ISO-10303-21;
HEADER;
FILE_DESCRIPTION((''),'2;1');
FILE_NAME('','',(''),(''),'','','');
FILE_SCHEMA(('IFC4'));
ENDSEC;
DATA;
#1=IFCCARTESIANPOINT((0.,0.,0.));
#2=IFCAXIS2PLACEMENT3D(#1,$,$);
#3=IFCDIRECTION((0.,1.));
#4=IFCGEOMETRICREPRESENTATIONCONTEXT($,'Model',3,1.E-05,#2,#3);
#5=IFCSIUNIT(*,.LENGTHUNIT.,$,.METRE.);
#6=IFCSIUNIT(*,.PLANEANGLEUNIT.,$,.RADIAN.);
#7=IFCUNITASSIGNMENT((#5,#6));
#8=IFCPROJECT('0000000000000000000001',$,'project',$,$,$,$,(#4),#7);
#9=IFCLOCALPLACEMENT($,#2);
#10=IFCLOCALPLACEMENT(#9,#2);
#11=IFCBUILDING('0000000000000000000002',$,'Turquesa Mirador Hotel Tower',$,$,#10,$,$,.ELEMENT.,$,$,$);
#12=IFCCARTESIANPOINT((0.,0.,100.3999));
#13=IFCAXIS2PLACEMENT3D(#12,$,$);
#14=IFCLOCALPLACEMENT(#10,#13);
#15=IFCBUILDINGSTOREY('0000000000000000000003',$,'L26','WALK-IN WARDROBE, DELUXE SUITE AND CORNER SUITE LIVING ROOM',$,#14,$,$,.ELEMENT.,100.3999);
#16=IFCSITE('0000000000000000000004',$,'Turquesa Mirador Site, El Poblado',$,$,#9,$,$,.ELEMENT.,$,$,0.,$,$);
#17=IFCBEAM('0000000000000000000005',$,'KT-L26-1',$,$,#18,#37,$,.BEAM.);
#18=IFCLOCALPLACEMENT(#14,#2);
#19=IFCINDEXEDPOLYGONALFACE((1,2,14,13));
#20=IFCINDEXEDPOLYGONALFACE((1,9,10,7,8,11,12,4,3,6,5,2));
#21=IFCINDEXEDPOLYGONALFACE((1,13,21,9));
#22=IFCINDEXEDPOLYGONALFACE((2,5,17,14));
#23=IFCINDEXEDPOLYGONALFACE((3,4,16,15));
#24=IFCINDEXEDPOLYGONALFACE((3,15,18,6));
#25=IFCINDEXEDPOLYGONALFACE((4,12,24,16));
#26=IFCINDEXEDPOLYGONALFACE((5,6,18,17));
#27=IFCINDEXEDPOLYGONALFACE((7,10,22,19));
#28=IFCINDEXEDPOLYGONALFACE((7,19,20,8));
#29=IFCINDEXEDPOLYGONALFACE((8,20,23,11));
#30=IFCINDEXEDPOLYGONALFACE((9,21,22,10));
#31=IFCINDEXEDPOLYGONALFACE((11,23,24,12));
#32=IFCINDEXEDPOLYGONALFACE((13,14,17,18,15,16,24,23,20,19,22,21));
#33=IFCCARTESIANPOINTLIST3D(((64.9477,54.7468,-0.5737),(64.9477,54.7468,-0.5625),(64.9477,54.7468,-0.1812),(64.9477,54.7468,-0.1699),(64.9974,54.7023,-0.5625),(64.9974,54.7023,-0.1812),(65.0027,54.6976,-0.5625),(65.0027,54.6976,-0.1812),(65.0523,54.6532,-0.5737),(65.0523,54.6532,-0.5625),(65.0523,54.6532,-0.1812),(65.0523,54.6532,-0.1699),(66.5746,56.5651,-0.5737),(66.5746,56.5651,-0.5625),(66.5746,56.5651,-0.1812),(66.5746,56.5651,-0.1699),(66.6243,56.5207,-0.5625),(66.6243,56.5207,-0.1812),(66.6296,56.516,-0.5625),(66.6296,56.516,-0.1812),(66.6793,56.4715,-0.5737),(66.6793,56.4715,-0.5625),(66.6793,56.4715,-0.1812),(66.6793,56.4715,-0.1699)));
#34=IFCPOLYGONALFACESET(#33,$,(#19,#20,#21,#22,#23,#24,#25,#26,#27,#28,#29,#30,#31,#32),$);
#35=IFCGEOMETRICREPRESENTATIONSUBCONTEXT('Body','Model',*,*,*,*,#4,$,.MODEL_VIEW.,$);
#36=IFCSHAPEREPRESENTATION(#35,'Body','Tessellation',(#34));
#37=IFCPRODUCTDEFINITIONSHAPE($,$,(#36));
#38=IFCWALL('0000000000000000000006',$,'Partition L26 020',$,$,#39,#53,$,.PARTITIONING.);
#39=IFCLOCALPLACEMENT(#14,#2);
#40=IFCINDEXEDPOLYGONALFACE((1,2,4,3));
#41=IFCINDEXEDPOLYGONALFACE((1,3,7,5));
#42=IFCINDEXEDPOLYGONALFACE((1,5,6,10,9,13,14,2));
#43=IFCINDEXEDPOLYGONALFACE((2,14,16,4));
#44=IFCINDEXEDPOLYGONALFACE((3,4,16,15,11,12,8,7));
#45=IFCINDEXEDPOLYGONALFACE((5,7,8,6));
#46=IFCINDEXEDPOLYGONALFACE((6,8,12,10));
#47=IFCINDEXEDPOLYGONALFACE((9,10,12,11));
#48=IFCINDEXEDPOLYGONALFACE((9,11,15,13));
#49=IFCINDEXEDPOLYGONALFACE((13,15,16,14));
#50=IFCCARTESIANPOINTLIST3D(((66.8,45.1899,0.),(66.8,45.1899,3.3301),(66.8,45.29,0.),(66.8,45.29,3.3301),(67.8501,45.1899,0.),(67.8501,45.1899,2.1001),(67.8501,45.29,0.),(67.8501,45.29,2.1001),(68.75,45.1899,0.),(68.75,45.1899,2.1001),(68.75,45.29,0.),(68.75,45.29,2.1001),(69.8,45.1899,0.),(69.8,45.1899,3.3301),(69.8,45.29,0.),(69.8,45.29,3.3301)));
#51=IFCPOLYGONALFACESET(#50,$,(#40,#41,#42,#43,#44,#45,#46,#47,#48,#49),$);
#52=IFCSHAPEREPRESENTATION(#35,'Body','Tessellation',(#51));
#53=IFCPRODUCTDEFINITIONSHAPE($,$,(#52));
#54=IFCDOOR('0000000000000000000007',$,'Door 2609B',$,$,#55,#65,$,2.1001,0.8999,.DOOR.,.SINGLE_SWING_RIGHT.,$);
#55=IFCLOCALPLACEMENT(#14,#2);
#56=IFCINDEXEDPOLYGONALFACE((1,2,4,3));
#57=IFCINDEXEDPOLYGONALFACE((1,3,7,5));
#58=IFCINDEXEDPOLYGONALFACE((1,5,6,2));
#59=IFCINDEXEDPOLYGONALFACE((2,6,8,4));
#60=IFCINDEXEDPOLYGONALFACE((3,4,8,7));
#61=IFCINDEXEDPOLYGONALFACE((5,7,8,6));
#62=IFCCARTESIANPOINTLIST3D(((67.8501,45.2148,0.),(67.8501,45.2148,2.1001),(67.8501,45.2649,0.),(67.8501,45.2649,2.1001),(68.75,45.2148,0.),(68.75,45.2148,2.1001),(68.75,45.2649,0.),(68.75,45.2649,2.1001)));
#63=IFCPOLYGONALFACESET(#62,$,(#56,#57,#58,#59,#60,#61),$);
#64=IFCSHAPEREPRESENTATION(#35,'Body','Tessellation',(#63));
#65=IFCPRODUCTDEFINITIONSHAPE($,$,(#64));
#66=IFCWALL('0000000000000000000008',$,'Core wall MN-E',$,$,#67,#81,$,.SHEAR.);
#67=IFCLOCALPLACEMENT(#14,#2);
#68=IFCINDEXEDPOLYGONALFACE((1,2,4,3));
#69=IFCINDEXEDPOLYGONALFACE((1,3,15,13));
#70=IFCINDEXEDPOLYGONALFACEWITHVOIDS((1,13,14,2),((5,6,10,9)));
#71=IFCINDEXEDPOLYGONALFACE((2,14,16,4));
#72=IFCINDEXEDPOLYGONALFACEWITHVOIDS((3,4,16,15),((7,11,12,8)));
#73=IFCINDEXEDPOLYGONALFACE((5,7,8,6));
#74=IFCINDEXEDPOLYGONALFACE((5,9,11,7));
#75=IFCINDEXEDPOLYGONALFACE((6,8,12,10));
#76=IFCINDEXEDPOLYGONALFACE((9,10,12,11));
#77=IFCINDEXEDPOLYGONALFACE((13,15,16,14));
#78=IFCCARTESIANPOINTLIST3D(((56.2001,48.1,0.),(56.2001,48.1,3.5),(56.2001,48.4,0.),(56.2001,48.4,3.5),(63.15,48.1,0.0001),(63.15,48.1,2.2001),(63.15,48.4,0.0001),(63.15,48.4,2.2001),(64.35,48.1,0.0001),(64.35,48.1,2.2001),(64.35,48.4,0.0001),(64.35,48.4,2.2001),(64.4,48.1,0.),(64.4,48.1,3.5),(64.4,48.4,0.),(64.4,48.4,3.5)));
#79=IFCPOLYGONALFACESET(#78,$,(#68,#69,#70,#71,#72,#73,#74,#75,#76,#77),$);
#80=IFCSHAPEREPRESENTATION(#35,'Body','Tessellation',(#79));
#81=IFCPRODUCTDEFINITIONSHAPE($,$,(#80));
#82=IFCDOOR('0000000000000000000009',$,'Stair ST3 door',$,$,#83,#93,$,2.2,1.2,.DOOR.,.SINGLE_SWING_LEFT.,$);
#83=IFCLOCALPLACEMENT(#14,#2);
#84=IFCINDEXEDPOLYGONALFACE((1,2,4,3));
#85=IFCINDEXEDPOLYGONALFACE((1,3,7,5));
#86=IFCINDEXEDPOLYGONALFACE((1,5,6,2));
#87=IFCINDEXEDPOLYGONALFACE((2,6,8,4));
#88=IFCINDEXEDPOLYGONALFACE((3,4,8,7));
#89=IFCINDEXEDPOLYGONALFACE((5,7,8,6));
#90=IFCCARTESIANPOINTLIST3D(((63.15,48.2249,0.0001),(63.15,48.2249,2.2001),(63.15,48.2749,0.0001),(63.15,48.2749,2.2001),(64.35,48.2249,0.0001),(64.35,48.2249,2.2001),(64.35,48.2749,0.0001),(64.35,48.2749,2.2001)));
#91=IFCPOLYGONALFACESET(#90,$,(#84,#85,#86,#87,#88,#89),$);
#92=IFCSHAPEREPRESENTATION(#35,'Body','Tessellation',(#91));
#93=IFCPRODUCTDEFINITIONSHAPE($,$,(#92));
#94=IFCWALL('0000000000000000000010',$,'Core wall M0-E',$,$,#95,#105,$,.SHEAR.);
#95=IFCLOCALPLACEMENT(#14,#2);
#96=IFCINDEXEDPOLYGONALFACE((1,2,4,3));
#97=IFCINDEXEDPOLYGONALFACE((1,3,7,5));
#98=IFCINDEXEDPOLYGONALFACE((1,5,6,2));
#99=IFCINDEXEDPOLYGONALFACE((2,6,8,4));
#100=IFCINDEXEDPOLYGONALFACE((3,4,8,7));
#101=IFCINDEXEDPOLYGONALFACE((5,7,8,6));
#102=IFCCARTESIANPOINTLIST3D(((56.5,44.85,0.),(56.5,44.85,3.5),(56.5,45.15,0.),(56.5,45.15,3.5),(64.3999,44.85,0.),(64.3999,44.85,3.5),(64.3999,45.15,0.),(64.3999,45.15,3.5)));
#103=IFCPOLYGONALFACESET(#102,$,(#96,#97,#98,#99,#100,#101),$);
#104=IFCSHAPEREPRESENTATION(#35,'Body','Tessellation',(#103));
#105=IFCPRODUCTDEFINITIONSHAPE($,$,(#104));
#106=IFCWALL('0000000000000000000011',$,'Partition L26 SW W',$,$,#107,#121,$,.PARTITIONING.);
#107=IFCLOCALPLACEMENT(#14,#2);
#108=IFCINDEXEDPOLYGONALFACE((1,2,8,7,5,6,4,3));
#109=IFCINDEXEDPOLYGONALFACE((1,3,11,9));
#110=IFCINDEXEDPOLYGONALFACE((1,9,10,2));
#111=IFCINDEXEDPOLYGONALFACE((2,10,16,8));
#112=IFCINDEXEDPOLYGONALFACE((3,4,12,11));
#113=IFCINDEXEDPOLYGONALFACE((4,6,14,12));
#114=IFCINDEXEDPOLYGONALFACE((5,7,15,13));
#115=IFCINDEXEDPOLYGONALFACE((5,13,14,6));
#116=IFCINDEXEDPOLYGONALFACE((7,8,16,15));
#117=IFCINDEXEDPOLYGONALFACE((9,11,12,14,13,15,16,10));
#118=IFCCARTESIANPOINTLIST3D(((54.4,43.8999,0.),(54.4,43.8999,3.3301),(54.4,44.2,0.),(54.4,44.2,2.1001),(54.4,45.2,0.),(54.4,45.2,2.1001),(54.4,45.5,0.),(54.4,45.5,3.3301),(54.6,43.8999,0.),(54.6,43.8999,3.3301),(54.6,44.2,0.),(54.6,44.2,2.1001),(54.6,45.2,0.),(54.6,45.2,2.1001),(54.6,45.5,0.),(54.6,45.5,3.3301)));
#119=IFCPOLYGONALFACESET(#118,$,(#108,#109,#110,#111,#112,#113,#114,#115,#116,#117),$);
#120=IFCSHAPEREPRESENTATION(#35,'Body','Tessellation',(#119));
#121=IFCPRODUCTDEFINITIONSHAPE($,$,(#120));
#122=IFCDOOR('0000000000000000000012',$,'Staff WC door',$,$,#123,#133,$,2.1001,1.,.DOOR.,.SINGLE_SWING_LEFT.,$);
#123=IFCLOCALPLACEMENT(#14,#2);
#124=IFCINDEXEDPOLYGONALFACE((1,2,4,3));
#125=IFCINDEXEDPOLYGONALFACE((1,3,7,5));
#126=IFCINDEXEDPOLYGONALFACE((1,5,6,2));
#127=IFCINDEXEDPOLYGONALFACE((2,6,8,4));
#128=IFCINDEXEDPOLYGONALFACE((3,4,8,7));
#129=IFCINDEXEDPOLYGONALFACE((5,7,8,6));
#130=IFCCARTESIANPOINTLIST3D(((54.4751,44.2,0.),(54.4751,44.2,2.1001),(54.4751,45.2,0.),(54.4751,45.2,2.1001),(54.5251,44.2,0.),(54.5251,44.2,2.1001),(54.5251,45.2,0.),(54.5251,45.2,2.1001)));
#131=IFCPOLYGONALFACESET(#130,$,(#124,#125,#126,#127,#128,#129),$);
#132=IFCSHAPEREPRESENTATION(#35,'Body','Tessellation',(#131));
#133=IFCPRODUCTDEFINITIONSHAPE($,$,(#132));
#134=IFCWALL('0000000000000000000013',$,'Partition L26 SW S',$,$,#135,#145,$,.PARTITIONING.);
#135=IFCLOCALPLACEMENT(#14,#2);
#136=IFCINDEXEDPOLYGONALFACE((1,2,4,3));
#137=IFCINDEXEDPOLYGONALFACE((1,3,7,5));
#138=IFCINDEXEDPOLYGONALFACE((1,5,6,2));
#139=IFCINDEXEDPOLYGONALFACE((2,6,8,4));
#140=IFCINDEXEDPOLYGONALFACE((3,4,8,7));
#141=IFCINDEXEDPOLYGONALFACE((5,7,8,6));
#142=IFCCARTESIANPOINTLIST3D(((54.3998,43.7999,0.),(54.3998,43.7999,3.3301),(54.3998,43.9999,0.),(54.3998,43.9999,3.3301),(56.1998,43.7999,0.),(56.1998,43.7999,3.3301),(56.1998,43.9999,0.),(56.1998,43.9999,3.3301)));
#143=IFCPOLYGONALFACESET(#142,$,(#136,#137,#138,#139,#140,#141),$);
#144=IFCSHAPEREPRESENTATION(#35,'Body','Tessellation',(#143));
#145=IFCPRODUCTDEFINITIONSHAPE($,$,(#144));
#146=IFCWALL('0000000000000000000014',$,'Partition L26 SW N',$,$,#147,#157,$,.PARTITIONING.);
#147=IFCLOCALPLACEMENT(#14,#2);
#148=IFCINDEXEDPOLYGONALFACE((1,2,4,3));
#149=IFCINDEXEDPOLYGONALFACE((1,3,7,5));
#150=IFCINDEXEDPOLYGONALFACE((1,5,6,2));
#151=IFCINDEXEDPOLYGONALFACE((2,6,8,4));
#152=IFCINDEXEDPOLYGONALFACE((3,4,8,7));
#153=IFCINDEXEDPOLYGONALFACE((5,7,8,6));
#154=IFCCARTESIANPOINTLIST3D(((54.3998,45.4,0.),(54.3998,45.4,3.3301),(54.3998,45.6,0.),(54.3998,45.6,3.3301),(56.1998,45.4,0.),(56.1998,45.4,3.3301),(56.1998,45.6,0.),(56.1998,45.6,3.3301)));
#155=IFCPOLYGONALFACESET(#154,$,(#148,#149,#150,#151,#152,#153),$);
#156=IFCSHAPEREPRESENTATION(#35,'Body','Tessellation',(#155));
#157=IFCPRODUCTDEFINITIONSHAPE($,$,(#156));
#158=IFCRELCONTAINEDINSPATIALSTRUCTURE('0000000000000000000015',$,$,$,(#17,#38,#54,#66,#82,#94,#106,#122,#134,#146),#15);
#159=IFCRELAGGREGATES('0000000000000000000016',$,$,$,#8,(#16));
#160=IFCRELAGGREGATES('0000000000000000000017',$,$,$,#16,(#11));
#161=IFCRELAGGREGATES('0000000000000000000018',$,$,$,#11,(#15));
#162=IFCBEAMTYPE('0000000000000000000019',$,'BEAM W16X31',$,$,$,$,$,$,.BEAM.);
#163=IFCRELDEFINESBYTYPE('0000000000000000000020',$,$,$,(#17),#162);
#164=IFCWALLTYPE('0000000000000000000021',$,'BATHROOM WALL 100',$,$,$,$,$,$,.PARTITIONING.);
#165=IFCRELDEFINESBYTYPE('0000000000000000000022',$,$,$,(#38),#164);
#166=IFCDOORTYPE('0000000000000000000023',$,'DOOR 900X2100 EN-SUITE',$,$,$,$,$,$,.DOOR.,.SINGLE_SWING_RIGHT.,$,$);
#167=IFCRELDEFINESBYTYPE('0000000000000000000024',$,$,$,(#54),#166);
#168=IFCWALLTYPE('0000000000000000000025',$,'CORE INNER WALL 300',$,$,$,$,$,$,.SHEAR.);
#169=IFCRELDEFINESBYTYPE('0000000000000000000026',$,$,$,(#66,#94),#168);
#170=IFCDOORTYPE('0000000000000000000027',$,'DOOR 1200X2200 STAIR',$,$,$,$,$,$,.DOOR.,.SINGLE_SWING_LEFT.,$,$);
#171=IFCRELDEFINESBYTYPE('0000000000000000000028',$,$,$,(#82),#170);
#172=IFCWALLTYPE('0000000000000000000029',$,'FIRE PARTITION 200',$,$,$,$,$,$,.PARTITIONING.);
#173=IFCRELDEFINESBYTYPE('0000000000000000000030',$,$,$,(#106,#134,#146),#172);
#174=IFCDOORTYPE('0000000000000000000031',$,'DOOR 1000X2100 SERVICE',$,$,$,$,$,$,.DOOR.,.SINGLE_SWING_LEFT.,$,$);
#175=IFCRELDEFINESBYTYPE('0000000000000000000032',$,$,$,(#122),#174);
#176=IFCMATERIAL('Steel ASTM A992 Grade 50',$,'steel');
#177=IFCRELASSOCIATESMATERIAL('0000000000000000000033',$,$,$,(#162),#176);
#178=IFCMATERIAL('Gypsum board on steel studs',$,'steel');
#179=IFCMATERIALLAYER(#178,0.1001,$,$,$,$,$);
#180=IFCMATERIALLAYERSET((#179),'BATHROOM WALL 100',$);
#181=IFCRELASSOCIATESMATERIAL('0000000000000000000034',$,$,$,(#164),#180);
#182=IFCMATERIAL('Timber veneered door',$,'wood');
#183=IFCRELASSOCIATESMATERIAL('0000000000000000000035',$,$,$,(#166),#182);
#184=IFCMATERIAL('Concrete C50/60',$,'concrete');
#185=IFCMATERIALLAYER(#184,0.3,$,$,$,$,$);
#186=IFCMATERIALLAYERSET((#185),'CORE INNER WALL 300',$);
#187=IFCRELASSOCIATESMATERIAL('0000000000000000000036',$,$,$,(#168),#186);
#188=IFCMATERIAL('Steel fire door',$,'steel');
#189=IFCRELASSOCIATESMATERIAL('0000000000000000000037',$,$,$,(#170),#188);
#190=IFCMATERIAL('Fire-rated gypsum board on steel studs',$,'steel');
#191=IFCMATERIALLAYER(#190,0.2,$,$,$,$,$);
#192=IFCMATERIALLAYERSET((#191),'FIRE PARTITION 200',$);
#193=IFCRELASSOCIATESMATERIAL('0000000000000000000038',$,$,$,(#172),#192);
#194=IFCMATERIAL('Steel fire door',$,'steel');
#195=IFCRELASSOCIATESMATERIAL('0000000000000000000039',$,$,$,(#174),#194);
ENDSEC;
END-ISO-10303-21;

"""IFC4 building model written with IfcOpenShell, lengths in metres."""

from ifc_helpers import new_model, si_unit, direction, frame, frame_2d, origin, origin_2d, place, context, subcontext, project, spatial, rectangle, i_section, extrude, material, layer, layer_set, material_profile, profile_set, type_object, element, fill, save


model = new_model("IFC4")

# Units and contexts
model_context = context("Model", 3, precision=1e-05, world=origin(), true_north=direction((0.0, 1.0)))
body_context = subcontext(model_context, "Body", "Model", "MODEL_VIEW")
ifc_project = project(units=[si_unit("LENGTHUNIT", "METRE"), si_unit("PLANEANGLEUNIT", "RADIAN")], contexts=[model_context])

# Site, building, storey
site_placement = place(None, origin())
site = spatial("IfcSite", under=ifc_project, at=site_placement, Name="Turquesa Mirador Site, El Poblado", CompositionType="ELEMENT", RefElevation=0.0)
building_placement = place(site_placement, origin())
building = spatial("IfcBuilding", under=site, at=building_placement, Name="Turquesa Mirador Hotel Tower", CompositionType="ELEMENT")
storey_placement = place(building_placement, frame((0.0, 0.0, 100.3999)))
storey = spatial("IfcBuildingStorey", under=building, at=storey_placement, Name="L26", Description="WALK-IN WARDROBE, DELUXE SUITE AND CORNER SUITE LIVING ROOM", CompositionType="ELEMENT", Elevation=100.3999)

# Beam
ifc_material_1 = material(Name="Steel ASTM A992 Grade 50", Category="steel")
ifc_material_profile = material_profile(ifc_material_1, i_section(OverallWidth=0.1404, OverallDepth=0.4038, WebThickness=0.0071, FlangeThickness=0.0112, at=origin_2d()), Name="W16X31")
ifc_profile_set = profile_set([ifc_material_profile], Name="Steel ASTM A992 Grade 50")
beam_type = type_object("IfcBeamType", Name="BEAM W16X31", PredefinedType="BEAM", material=ifc_profile_set)
beam_placement = place(storey_placement, frame((66.627, 56.5183, -0.3718), z_axis=(-0.666795, -0.745241, 0.0), x_axis=(0.745241, -0.666795, 0.0)))
element("IfcBeam", 1, at=beam_placement, inside=storey, type_object=beam_type, Name="KT-L26-1", PredefinedType="BEAM", context=body_context, shape_type="SweptSolid", body=[
    extrude(i_section(OverallWidth=0.1404, OverallDepth=0.4038, WebThickness=0.0071, FlangeThickness=0.0112, at=origin_2d()), origin(), (0.0, 0.0, 1.0), 2.4399),
])

# Walls, openings, doors
ifc_material_2 = material(Name="Gypsum board on steel studs", Category="steel")
ifc_layer_1 = layer(ifc_material_2, 0.1001)
ifc_layer_set_1 = layer_set([ifc_layer_1], Name="BATHROOM WALL 100")
wall_type_1 = type_object("IfcWallType", Name="BATHROOM WALL 100", PredefinedType="PARTITIONING", material=ifc_layer_set_1)
wall_1_placement = place(storey_placement, frame((66.8, 45.24, 0.0), z_axis=(0.0, 0.0, 1.0), x_axis=(1.0, 0.0, 0.0)))
wall_1 = element("IfcWall", 2, at=wall_1_placement, inside=storey, type_object=wall_type_1, Name="Partition L26 020", PredefinedType="PARTITIONING", context=body_context, shape_type="SweptSolid", body=[
    extrude(rectangle(XDim=3.0, YDim=0.1001, at=frame_2d((1.5, 0.0))), origin(), (0.0, 0.0, 1.0), 3.3301),
])
opening_1_placement = place(wall_1_placement, frame((1.05, 0.0, 0.0)))
opening_1 = element("IfcOpeningElement", 3, at=opening_1_placement, cuts=wall_1, PredefinedType="OPENING", context=body_context, shape_type="SweptSolid", body=[
    extrude(rectangle(XDim=0.8999, YDim=2.1001, at=frame_2d((0.45, 1.05))), frame((0.0, 0.0601, 0.0), z_axis=(0.0, -1.0, 0.0), x_axis=(1.0, 0.0, 0.0)), (0.0, 0.0, 1.0), 0.1201),
])
ifc_material_3 = material(Name="Timber veneered door", Category="wood")
door_type_1 = type_object("IfcDoorType", Name="DOOR 900X2100 EN-SUITE", OperationType="SINGLE_SWING_RIGHT", PredefinedType="DOOR", material=ifc_material_3)
door_1_placement = place(opening_1_placement, origin())
door_1 = element("IfcDoor", 4, at=door_1_placement, inside=storey, type_object=door_type_1, Name="Door 2609B", OperationType="SINGLE_SWING_RIGHT", OverallHeight=2.1001, OverallWidth=0.8999, PredefinedType="DOOR", context=body_context, shape_type="SweptSolid", body=[
    extrude(rectangle(XDim=0.8999, YDim=2.1001, at=frame_2d((0.45, 1.05))), frame((0.0, 0.0249, 0.0), z_axis=(0.0, -1.0, 0.0), x_axis=(1.0, 0.0, 0.0)), (0.0, 0.0, 1.0), 0.05),
])
fill(opening_1, door_1)
ifc_material_4 = material(Name="Concrete C50/60", Category="concrete")
ifc_layer_2 = layer(ifc_material_4, 0.3)
ifc_layer_set_2 = layer_set([ifc_layer_2], Name="CORE INNER WALL 300")
wall_type_2 = type_object("IfcWallType", Name="CORE INNER WALL 300", PredefinedType="SHEAR", material=ifc_layer_set_2)
wall_2_placement = place(storey_placement, frame((56.2, 48.25, 0.0), z_axis=(0.0, 0.0, 1.0), x_axis=(1.0, 0.0, 0.0)))
wall_2 = element("IfcWall", 5, at=wall_2_placement, inside=storey, type_object=wall_type_2, Name="Core wall MN-E", PredefinedType="SHEAR", context=body_context, shape_type="SweptSolid", body=[
    extrude(rectangle(XDim=8.2, YDim=0.3, at=frame_2d((4.1001, 0.0))), origin(), (0.0, 0.0, 1.0), 3.5),
])
opening_2_placement = place(wall_2_placement, frame((6.95, 0.0, 0.0)))
opening_2 = element("IfcOpeningElement", 6, at=opening_2_placement, cuts=wall_2, PredefinedType="OPENING", context=body_context, shape_type="SweptSolid", body=[
    extrude(rectangle(XDim=1.2, YDim=2.2, at=frame_2d((0.6001, 1.1001))), frame((0.0, 0.1599, 0.0), z_axis=(0.0, -1.0, 0.0), x_axis=(1.0, 0.0, 0.0)), (0.0, 0.0, 1.0), 0.3201),
])
ifc_material_5 = material(Name="Steel fire door", Category="steel")
door_type_2 = type_object("IfcDoorType", Name="DOOR 1200X2200 STAIR", OperationType="SINGLE_SWING_LEFT", PredefinedType="DOOR", material=ifc_material_5)
door_2_placement = place(opening_2_placement, origin())
door_2 = element("IfcDoor", 7, at=door_2_placement, inside=storey, type_object=door_type_2, Name="Stair ST3 door", OperationType="SINGLE_SWING_LEFT", OverallHeight=2.2, OverallWidth=1.2, PredefinedType="DOOR", context=body_context, shape_type="SweptSolid", body=[
    extrude(rectangle(XDim=1.2, YDim=2.2, at=frame_2d((0.6001, 1.1001))), frame((0.0, 0.0249, 0.0), z_axis=(0.0, -1.0, 0.0), x_axis=(1.0, 0.0, 0.0)), (0.0, 0.0, 1.0), 0.05),
])
fill(opening_2, door_2)

# Wall
wall_3_placement = place(storey_placement, frame((56.5, 45.0, 0.0), z_axis=(0.0, 0.0, 1.0), x_axis=(1.0, 0.0, 0.0)))
element("IfcWall", 8, at=wall_3_placement, inside=storey, type_object=wall_type_2, Name="Core wall M0-E", PredefinedType="SHEAR", context=body_context, shape_type="SweptSolid", body=[
    extrude(rectangle(XDim=7.8999, YDim=0.3, at=frame_2d((3.95, 0.0))), origin(), (0.0, 0.0, 1.0), 3.5),
])

# Wall, opening, door
ifc_material_6 = material(Name="Fire-rated gypsum board on steel studs", Category="steel")
ifc_layer_3 = layer(ifc_material_6, 0.2)
ifc_layer_set_3 = layer_set([ifc_layer_3], Name="FIRE PARTITION 200")
wall_type_3 = type_object("IfcWallType", Name="FIRE PARTITION 200", PredefinedType="PARTITIONING", material=ifc_layer_set_3)
wall_4_placement = place(storey_placement, frame((54.5, 43.8999, 0.0), z_axis=(0.0, 0.0, 1.0), x_axis=(0.0, 1.0, 0.0)))
wall_4 = element("IfcWall", 9, at=wall_4_placement, inside=storey, type_object=wall_type_3, Name="Partition L26 SW W", PredefinedType="PARTITIONING", context=body_context, shape_type="SweptSolid", body=[
    extrude(rectangle(XDim=1.6001, YDim=0.2, at=frame_2d((0.8, 0.0))), origin(), (0.0, 0.0, 1.0), 3.3301),
])
opening_3_placement = place(wall_4_placement, frame((0.3, 0.0, 0.0)))
opening_3 = element("IfcOpeningElement", 10, at=opening_3_placement, cuts=wall_4, PredefinedType="OPENING", context=body_context, shape_type="SweptSolid", body=[
    extrude(rectangle(XDim=1.0, YDim=2.1001, at=frame_2d((0.5, 1.05))), frame((0.0, 0.1099, 0.0), z_axis=(0.0, -1.0, 0.0), x_axis=(1.0, 0.0, 0.0)), (0.0, 0.0, 1.0), 0.22),
])
ifc_material_7 = material(Name="Steel fire door", Category="steel")
door_type_3 = type_object("IfcDoorType", Name="DOOR 1000X2100 SERVICE", OperationType="SINGLE_SWING_LEFT", PredefinedType="DOOR", material=ifc_material_7)
door_3_placement = place(opening_3_placement, origin())
door_3 = element("IfcDoor", 11, at=door_3_placement, inside=storey, type_object=door_type_3, Name="Staff WC door", OperationType="SINGLE_SWING_LEFT", OverallHeight=2.1001, OverallWidth=1.0, PredefinedType="DOOR", context=body_context, shape_type="SweptSolid", body=[
    extrude(rectangle(XDim=1.0, YDim=2.1001, at=frame_2d((0.5, 1.05))), frame((0.0, 0.0249, 0.0), z_axis=(0.0, -1.0, 0.0), x_axis=(1.0, 0.0, 0.0)), (0.0, 0.0, 1.0), 0.05),
])
fill(opening_3, door_3)

# Walls
for number, where, z_axis, x_axis, name in (
    (12, (54.3999, 43.8999, 0.0), (0.0, 0.0, 1.0), (1.0, 0.0, 0.0), "Partition L26 SW S"),
    (13, (54.3999, 45.5, 0.0), (0.0, 0.0, 1.0), (1.0, 0.0, 0.0), "Partition L26 SW N"),
):
    element("IfcWall", number, at=place(storey_placement, frame(where, z_axis=z_axis, x_axis=x_axis)), inside=storey, type_object=wall_type_3, Name=name, PredefinedType="PARTITIONING", context=body_context, shape_type="SweptSolid", body=[
        extrude(rectangle(XDim=1.8, YDim=0.2, at=frame_2d((0.8999, 0.0))), origin(), (0.0, 0.0, 1.0), 3.3301),
    ])

save(model, "model.ifc")
